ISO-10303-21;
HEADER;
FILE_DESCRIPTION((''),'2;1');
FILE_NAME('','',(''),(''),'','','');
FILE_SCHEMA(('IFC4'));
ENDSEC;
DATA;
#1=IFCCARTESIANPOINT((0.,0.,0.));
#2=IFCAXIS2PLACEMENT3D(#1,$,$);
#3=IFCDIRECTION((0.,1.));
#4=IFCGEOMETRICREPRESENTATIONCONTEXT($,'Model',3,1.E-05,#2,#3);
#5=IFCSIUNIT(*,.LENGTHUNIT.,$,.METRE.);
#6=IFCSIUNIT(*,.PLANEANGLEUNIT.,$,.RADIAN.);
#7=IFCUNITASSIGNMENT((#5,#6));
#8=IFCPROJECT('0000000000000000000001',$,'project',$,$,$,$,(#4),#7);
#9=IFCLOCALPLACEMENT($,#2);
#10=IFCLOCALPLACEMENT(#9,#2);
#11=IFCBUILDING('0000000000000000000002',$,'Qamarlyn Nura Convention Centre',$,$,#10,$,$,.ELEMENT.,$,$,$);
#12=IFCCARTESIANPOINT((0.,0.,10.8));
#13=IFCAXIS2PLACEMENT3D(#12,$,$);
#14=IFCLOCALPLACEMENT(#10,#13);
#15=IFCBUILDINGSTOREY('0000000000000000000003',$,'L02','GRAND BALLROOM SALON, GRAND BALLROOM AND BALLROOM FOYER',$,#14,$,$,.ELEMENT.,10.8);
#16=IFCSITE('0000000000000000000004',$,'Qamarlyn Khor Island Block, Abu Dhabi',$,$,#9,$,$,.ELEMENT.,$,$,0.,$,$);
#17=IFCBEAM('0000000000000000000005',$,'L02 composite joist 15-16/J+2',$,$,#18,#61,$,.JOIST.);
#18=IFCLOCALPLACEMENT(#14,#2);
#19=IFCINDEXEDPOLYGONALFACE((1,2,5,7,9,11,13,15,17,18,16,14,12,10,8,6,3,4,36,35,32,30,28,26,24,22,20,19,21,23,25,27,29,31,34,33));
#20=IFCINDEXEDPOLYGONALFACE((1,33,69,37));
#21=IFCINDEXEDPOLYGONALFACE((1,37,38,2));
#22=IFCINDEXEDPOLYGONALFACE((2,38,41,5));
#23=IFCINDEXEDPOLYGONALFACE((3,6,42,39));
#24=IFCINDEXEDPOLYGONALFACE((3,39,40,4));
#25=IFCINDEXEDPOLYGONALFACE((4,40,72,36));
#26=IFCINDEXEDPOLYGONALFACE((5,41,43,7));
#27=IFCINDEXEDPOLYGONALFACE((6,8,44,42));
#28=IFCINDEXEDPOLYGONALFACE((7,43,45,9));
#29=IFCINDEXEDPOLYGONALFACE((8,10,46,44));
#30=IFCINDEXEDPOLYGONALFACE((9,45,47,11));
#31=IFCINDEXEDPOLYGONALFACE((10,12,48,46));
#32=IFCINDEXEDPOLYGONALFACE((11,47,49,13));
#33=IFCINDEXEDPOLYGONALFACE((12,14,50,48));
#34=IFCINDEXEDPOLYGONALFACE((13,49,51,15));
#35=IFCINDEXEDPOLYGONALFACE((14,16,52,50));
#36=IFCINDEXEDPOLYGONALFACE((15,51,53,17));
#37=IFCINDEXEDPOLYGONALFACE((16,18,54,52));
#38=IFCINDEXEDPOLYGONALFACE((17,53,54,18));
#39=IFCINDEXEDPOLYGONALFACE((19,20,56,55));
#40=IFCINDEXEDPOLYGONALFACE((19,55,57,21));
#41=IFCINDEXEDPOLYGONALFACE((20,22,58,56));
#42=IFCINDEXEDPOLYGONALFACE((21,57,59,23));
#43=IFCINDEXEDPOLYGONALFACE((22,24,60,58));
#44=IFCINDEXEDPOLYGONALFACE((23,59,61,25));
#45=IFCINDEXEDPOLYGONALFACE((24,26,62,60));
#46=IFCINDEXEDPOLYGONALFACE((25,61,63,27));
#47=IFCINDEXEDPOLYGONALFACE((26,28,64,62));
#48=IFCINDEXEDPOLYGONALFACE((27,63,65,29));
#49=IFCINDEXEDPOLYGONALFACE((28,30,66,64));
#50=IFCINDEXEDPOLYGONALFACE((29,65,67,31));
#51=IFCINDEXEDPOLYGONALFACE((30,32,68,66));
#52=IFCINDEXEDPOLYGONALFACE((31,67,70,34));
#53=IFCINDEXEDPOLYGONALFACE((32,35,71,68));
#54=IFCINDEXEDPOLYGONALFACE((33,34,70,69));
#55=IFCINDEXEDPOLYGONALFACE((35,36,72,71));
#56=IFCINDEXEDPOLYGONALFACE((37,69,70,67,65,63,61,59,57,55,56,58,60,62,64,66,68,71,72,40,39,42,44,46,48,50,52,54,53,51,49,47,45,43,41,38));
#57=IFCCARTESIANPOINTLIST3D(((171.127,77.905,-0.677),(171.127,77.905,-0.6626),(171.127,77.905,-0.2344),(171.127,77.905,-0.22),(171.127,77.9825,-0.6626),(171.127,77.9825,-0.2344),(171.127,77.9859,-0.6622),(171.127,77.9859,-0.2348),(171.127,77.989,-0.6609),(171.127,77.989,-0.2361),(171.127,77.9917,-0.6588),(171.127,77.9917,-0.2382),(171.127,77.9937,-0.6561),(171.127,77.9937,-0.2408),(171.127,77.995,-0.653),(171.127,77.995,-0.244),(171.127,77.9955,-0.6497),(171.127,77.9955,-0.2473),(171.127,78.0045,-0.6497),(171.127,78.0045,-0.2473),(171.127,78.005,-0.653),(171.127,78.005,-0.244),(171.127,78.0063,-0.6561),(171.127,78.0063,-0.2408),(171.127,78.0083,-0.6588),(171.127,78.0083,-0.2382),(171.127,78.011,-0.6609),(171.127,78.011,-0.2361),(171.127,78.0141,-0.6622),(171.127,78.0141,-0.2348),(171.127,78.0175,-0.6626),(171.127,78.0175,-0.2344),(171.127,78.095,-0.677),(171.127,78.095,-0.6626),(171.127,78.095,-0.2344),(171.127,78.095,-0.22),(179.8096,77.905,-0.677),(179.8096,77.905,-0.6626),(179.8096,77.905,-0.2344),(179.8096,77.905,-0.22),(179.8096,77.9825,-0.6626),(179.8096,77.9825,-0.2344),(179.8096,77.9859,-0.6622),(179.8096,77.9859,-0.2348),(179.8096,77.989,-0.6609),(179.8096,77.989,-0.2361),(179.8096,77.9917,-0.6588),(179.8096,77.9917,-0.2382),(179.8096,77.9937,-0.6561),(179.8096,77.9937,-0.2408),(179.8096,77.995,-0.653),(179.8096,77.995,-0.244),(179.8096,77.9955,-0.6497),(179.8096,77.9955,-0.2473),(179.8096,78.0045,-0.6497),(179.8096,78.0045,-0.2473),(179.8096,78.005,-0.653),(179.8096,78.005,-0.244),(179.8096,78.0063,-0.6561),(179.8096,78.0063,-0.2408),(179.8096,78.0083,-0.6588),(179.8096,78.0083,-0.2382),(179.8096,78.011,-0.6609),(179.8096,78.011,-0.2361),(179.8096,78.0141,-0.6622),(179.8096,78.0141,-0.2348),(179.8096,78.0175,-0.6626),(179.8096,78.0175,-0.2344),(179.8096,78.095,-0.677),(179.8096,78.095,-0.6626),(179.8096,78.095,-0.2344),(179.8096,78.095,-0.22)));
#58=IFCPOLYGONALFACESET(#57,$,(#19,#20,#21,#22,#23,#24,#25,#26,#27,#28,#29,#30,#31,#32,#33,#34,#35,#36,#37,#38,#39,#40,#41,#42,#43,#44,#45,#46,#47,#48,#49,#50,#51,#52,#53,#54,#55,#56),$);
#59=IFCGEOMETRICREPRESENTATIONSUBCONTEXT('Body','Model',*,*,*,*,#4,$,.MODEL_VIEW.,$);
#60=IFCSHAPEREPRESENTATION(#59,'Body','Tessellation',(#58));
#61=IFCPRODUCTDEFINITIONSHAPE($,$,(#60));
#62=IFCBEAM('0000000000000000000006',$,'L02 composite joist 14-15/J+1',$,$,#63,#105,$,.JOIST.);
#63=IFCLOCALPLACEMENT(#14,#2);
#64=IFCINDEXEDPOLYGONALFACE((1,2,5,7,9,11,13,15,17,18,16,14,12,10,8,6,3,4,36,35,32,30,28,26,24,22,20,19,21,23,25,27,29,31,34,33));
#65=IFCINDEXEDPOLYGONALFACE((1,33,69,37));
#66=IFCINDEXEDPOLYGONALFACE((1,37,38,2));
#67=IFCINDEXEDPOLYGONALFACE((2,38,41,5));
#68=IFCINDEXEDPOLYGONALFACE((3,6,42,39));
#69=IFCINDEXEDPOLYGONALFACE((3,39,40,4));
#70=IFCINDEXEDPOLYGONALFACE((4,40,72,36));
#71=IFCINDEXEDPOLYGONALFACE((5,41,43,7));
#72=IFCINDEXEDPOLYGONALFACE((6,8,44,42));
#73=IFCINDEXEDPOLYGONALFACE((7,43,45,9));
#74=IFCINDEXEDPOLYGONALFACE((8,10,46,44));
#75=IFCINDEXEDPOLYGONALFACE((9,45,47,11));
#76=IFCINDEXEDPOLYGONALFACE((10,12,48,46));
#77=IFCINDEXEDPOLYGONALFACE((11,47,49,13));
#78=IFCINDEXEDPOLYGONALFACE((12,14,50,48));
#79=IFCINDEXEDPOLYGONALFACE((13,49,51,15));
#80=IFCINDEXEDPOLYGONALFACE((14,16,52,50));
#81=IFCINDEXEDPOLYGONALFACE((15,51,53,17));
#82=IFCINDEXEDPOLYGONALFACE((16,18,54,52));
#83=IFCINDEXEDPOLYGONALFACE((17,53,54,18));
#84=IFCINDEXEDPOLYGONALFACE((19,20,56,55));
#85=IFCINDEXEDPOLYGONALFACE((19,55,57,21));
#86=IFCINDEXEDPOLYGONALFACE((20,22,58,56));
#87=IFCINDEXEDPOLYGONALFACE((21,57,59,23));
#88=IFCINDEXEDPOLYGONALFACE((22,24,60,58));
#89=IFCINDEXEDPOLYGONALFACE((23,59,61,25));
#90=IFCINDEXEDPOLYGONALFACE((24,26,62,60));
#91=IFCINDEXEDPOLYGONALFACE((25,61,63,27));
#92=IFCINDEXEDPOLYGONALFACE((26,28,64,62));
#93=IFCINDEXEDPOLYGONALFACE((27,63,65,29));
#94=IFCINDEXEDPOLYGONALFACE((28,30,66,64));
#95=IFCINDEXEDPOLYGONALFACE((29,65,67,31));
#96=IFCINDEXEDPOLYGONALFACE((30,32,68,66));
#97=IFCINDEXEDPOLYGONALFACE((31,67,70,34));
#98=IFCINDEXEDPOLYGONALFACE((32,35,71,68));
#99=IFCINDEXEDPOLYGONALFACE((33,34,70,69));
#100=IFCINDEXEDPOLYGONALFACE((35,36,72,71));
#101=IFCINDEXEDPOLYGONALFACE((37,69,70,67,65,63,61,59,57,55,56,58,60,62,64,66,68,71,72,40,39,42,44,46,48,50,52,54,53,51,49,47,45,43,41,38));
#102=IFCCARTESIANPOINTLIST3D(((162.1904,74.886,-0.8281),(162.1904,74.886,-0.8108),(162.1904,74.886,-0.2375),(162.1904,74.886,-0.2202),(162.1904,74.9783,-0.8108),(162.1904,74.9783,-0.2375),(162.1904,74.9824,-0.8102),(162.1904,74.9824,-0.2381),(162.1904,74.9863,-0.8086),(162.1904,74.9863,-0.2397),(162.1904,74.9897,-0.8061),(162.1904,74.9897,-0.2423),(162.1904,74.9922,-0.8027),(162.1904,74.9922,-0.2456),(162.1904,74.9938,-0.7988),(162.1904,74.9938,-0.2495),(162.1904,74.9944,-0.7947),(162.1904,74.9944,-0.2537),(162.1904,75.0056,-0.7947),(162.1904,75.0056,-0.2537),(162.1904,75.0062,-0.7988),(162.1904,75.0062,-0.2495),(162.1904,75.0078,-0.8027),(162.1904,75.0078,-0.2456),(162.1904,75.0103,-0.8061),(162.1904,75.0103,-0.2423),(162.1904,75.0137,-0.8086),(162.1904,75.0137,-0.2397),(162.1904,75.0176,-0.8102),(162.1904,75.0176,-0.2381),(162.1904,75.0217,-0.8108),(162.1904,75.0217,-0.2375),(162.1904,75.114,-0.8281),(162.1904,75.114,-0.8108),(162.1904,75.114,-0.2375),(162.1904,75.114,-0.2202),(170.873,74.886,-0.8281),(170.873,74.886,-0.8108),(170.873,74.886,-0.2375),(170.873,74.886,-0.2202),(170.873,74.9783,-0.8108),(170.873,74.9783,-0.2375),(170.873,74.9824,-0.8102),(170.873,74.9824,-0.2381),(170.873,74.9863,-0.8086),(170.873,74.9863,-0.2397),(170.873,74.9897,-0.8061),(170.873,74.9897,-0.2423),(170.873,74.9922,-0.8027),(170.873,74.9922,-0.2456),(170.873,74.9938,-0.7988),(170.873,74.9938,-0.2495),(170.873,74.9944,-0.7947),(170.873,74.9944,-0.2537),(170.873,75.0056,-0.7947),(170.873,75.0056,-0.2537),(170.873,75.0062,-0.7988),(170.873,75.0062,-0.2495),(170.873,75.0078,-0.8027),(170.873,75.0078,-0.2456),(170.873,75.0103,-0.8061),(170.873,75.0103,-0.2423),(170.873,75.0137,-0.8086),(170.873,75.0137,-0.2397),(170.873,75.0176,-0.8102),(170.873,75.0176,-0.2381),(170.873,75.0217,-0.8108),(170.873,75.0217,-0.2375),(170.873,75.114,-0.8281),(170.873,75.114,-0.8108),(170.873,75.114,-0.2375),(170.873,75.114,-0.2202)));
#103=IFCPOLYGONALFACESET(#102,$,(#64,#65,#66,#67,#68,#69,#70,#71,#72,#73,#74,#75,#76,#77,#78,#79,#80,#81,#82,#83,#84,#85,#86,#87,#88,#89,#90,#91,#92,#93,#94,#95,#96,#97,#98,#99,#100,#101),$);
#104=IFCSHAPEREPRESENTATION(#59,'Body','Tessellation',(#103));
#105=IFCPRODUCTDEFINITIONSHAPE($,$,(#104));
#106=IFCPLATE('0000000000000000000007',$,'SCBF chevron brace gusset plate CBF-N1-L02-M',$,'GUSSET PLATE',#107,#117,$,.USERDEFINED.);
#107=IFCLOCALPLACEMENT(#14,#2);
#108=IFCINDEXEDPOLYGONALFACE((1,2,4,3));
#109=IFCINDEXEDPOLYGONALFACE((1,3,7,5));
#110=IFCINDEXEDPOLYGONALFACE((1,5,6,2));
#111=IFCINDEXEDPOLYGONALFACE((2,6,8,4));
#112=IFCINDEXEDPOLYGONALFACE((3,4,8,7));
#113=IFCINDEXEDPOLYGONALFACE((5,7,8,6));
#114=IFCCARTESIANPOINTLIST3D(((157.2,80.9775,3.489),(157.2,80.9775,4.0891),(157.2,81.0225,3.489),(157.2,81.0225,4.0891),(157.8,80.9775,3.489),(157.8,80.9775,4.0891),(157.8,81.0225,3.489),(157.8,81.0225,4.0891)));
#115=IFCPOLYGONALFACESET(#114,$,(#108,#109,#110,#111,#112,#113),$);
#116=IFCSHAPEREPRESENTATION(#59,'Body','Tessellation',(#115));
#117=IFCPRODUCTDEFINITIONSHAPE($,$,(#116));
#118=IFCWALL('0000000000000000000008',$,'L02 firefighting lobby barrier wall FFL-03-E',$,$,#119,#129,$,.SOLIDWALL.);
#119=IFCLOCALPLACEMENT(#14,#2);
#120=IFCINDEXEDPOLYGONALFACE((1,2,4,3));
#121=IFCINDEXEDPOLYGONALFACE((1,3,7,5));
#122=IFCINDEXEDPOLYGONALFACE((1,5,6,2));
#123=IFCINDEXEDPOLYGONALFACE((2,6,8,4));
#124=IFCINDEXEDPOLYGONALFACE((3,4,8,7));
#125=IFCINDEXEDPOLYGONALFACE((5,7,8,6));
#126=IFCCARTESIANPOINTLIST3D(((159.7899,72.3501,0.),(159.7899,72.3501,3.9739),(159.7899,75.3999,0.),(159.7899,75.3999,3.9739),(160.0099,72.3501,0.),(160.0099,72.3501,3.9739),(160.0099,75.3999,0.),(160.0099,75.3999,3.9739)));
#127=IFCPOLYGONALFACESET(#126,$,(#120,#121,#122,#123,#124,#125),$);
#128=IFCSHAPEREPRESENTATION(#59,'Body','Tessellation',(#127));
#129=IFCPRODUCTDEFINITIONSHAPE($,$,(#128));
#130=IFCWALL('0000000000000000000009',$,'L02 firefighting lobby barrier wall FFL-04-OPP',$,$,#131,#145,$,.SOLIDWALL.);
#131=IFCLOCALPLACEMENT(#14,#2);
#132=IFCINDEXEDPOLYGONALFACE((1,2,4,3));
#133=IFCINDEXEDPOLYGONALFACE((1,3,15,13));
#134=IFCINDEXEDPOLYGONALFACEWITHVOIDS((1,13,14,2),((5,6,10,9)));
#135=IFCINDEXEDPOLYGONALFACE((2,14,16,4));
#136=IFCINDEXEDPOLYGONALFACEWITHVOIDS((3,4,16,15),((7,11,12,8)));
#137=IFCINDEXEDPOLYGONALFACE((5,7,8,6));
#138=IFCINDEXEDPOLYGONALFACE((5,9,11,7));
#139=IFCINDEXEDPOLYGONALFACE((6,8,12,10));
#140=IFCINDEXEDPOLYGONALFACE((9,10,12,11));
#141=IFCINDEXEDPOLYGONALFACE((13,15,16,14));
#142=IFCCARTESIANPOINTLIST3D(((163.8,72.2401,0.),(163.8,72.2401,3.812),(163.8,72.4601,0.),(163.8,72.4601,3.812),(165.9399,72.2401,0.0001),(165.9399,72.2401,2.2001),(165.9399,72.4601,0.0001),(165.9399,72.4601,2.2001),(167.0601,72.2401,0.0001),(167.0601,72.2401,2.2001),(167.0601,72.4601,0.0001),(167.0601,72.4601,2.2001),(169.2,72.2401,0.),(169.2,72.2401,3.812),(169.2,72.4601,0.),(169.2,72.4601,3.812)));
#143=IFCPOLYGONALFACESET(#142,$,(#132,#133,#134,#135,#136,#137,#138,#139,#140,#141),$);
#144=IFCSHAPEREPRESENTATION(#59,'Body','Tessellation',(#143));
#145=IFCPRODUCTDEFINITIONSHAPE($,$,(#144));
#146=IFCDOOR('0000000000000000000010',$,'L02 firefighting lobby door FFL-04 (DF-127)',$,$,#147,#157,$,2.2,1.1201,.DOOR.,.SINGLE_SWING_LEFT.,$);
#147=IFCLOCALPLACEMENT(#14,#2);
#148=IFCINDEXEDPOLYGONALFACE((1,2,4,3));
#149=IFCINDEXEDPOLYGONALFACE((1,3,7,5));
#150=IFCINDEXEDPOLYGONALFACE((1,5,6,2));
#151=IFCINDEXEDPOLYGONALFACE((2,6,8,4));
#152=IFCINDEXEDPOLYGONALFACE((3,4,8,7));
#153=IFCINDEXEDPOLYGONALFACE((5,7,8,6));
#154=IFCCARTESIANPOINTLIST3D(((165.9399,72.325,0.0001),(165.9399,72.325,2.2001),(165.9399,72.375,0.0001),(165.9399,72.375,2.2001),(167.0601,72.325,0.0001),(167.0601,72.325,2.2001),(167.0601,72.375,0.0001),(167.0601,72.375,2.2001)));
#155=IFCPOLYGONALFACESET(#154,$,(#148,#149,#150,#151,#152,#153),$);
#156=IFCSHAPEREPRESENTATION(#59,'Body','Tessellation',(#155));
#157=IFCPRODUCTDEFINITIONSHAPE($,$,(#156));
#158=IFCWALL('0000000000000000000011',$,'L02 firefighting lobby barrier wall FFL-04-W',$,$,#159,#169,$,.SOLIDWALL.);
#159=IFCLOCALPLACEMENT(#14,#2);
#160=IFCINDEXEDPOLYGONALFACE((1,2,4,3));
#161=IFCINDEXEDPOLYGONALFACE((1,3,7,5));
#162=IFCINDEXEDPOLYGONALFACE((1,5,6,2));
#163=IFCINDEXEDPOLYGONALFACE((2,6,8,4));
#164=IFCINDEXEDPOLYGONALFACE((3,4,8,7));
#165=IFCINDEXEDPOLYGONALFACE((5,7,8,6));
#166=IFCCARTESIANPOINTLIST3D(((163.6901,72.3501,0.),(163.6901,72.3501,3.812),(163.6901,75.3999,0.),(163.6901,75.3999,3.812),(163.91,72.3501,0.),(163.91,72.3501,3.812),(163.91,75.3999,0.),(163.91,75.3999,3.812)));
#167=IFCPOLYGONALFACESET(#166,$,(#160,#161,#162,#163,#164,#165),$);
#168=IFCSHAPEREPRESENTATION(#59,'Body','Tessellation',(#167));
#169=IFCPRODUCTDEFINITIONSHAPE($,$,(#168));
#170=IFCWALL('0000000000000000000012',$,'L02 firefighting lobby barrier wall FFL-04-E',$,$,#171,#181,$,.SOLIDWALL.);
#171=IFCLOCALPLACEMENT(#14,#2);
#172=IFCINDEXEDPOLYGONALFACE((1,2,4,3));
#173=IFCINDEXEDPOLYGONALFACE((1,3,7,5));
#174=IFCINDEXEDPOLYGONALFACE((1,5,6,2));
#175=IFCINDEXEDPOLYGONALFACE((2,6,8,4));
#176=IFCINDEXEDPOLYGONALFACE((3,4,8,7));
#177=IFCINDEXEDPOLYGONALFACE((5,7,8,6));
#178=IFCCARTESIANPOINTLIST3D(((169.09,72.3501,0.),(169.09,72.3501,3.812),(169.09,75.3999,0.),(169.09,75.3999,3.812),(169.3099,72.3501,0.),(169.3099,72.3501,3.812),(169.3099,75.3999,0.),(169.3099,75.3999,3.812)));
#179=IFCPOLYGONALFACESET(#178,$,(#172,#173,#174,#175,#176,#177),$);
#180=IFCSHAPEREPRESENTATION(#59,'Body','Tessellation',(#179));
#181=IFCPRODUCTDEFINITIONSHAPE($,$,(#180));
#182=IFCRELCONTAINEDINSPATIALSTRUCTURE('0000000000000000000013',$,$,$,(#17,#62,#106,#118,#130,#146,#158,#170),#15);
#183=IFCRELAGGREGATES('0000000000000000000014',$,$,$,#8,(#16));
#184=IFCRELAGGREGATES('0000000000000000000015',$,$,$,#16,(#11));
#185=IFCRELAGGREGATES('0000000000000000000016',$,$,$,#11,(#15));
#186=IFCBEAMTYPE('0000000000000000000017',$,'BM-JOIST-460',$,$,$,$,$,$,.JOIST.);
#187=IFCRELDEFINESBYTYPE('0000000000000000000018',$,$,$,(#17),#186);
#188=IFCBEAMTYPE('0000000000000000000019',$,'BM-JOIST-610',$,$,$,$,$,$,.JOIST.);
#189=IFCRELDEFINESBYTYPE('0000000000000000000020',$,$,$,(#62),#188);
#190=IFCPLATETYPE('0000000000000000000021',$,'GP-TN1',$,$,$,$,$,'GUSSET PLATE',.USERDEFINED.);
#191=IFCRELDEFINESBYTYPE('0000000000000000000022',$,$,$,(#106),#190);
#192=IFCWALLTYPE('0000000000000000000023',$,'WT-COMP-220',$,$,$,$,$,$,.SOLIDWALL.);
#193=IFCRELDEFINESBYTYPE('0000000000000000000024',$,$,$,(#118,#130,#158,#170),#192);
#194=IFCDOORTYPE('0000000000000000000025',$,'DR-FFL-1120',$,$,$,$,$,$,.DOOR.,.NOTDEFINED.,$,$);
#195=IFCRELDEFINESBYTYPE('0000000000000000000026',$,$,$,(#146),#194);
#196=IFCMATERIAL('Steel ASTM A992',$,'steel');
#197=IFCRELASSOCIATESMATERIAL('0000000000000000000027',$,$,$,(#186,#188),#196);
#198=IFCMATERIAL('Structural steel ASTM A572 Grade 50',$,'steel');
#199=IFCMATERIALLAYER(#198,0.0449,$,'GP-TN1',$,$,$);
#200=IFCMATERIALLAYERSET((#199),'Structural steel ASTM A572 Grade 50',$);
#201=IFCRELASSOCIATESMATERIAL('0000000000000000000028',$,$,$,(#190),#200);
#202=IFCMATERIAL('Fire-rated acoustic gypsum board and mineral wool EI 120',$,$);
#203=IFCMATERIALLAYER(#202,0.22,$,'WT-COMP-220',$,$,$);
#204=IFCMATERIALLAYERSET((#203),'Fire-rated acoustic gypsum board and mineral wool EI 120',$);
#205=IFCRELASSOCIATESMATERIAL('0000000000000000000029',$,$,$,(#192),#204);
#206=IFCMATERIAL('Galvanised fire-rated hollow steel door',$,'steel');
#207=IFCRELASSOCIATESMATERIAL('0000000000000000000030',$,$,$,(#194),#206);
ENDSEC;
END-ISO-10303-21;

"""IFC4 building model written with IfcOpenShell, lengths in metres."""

from ifc_helpers import new_model, si_unit, direction, frame, frame_2d, origin, origin_2d, place, context, subcontext, project, spatial, rectangle, i_section, extrude, material, layer, layer_set, material_profile, profile_set, type_object, element, fill, save


model = new_model("IFC4")

# Units and contexts
model_context = context("Model", 3, precision=1e-05, world=origin(), true_north=direction((0.0, 1.0)))
body_context = subcontext(model_context, "Body", "Model", "MODEL_VIEW")
ifc_project = project(units=[si_unit("LENGTHUNIT", "METRE"), si_unit("PLANEANGLEUNIT", "RADIAN")], contexts=[model_context])

# Site, building, storey
site_placement = place(None, origin())
site = spatial("IfcSite", under=ifc_project, at=site_placement, Name="Qamarlyn Khor Island Block, Abu Dhabi", CompositionType="ELEMENT", RefElevation=0.0)
building_placement = place(site_placement, origin())
building = spatial("IfcBuilding", under=site, at=building_placement, Name="Qamarlyn Nura Convention Centre", CompositionType="ELEMENT")
storey_placement = place(building_placement, frame((0.0, 0.0, 10.8)))
storey = spatial("IfcBuildingStorey", under=building, at=storey_placement, Name="L02", Description="GRAND BALLROOM SALON, GRAND BALLROOM AND BALLROOM FOYER", CompositionType="ELEMENT", Elevation=10.8)

# Shared definitions
ifc_material_1 = material(Name="Steel ASTM A992", Category="steel")

# Beams
ifc_material_profile_1 = material_profile(ifc_material_1, i_section(OverallWidth=0.1899, OverallDepth=0.457, WebThickness=0.009, FlangeThickness=0.0144, FilletRadius=0.0129, at=origin_2d()), Name="W460X74")
ifc_profile_set_1 = profile_set([ifc_material_profile_1], Name="Steel ASTM A992")
beam_type_1 = type_object("IfcBeamType", Name="BM-JOIST-460", PredefinedType="JOIST", material=ifc_profile_set_1)
for number, where, z_axis, x_axis, name in (
    (1, (171.127, 78.0, -0.4485), (1.0, 0.0, 0.0), (0.0, 1.0, 0.0), "L02 composite joist 15-16/J+2"),
):
    element("IfcBeam", number, at=place(storey_placement, frame(where, z_axis=z_axis, x_axis=x_axis)), inside=storey, type_object=beam_type_1, Name=name, PredefinedType="JOIST", context=body_context, shape_type="SweptSolid", body=[
        extrude(i_section(OverallWidth=0.1899, OverallDepth=0.457, WebThickness=0.009, FlangeThickness=0.0144, FilletRadius=0.0129, at=origin_2d()), origin(), (0.0, 0.0, 1.0), 8.6826),
    ])
ifc_material_profile_2 = material_profile(ifc_material_1, i_section(OverallWidth=0.228, OverallDepth=0.6079, WebThickness=0.0112, FlangeThickness=0.0173, FilletRadius=0.0161, at=origin_2d()), Name="W610X113")
ifc_profile_set_2 = profile_set([ifc_material_profile_2], Name="Steel ASTM A992")
beam_type_2 = type_object("IfcBeamType", Name="BM-JOIST-610", PredefinedType="JOIST", material=ifc_profile_set_2)
beam_1_placement = place(storey_placement, frame((162.1904, 75.0, -0.5242), z_axis=(1.0, 0.0, 0.0), x_axis=(0.0, 1.0, 0.0)))
element("IfcBeam", 2, at=beam_1_placement, inside=storey, type_object=beam_type_2, Name="L02 composite joist 14-15/J+1", PredefinedType="JOIST", context=body_context, shape_type="SweptSolid", body=[
    extrude(i_section(OverallWidth=0.228, OverallDepth=0.6079, WebThickness=0.0112, FlangeThickness=0.0173, FilletRadius=0.0161, at=origin_2d()), origin(), (0.0, 0.0, 1.0), 8.6826),
])

# Plate
ifc_material_2 = material(Name="Structural steel ASTM A572 Grade 50", Category="steel")
ifc_layer_1 = layer(ifc_material_2, 0.0449, Name="GP-TN1")
ifc_layer_set_1 = layer_set([ifc_layer_1], Name="Structural steel ASTM A572 Grade 50")
plate_type = type_object("IfcPlateType", Name="GP-TN1", ElementType="GUSSET PLATE", PredefinedType="USERDEFINED", material=ifc_layer_set_1)
plate_placement = place(storey_placement, frame((157.5, 81.0, 3.489), z_axis=(0.0, 0.0, 1.0), x_axis=(1.0, 0.0, 0.0)))
element("IfcPlate", 3, at=plate_placement, inside=storey, type_object=plate_type, Name="SCBF chevron brace gusset plate CBF-N1-L02-M", ObjectType="GUSSET PLATE", PredefinedType="USERDEFINED", context=body_context, shape_type="SweptSolid", body=[
    extrude(rectangle(XDim=0.6001, YDim=0.0449, at=origin_2d()), origin(), (0.0, 0.0, 1.0), 0.6001),
])

# Wall
ifc_material_3 = material(Name="Fire-rated acoustic gypsum board and mineral wool EI 120")
ifc_layer_2 = layer(ifc_material_3, 0.22, Name="WT-COMP-220")
ifc_layer_set_2 = layer_set([ifc_layer_2], Name="Fire-rated acoustic gypsum board and mineral wool EI 120")
wall_type_1 = type_object("IfcWallType", Name="WT-COMP-220", PredefinedType="SOLIDWALL", material=ifc_layer_set_2)
wall_1_placement = place(storey_placement, frame((159.8999, 72.3501, 0.0), z_axis=(0.0, 0.0, 1.0), x_axis=(0.0, 1.0, 0.0)))
element("IfcWall", 4, at=wall_1_placement, inside=storey, type_object=wall_type_1, Name="L02 firefighting lobby barrier wall FFL-03-E", PredefinedType="SOLIDWALL", context=body_context, shape_type="SweptSolid", body=[
    extrude(rectangle(XDim=3.0498, YDim=0.22, at=frame_2d((1.5249, 0.0))), origin(), (0.0, 0.0, 1.0), 3.9739),
])

# Wall, opening, door
wall_2_placement = place(storey_placement, frame((163.8, 72.3501, 0.0), z_axis=(0.0, 0.0, 1.0), x_axis=(1.0, 0.0, 0.0)))
wall_2 = element("IfcWall", 5, at=wall_2_placement, inside=storey, type_object=wall_type_1, Name="L02 firefighting lobby barrier wall FFL-04-OPP", PredefinedType="SOLIDWALL", context=body_context, shape_type="SweptSolid", body=[
    extrude(rectangle(XDim=5.3999, YDim=0.22, at=frame_2d((2.7, 0.0))), origin(), (0.0, 0.0, 1.0), 3.812),
])
opening_1_placement = place(wall_2_placement, frame((2.1399, 0.0, 0.0)))
opening_1 = element("IfcOpeningElement", 6, at=opening_1_placement, cuts=wall_2, PredefinedType="OPENING", context=body_context, shape_type="SweptSolid", body=[
    extrude(rectangle(XDim=1.1201, YDim=2.2, at=frame_2d((0.5601, 1.1001))), frame((0.0, 0.1201, 0.0), z_axis=(0.0, -1.0, 0.0), x_axis=(1.0, 0.0, 0.0)), (0.0, 0.0, 1.0), 0.24),
])
ifc_material_4 = material(Name="Galvanised fire-rated hollow steel door", Category="steel")
door_type_1 = type_object("IfcDoorType", Name="DR-FFL-1120", OperationType="NOTDEFINED", PredefinedType="DOOR", material=ifc_material_4)
door_1_placement = place(opening_1_placement, origin())
door_1 = element("IfcDoor", 7, at=door_1_placement, inside=storey, type_object=door_type_1, Name="L02 firefighting lobby door FFL-04 (DF-127)", OperationType="SINGLE_SWING_LEFT", OverallHeight=2.2, OverallWidth=1.1201, PredefinedType="DOOR", context=body_context, shape_type="SweptSolid", body=[
    extrude(rectangle(XDim=1.1201, YDim=2.2, at=frame_2d((0.5601, 1.1001))), frame((0.0, 0.0249, 0.0), z_axis=(0.0, -1.0, 0.0), x_axis=(1.0, 0.0, 0.0)), (0.0, 0.0, 1.0), 0.05),
])
fill(opening_1, door_1)

# Walls
for number, where, z_axis, x_axis, name in (
    (8, (163.8, 72.3501, 0.0), (0.0, 0.0, 1.0), (0.0, 1.0, 0.0), "L02 firefighting lobby barrier wall FFL-04-W"),
    (9, (169.2, 72.3501, 0.0), (0.0, 0.0, 1.0), (0.0, 1.0, 0.0), "L02 firefighting lobby barrier wall FFL-04-E"),
):
    element("IfcWall", number, at=place(storey_placement, frame(where, z_axis=z_axis, x_axis=x_axis)), inside=storey, type_object=wall_type_1, Name=name, PredefinedType="SOLIDWALL", context=body_context, shape_type="SweptSolid", body=[
        extrude(rectangle(XDim=3.0498, YDim=0.22, at=frame_2d((1.5249, 0.0))), origin(), (0.0, 0.0, 1.0), 3.812),
    ])

save(model, "model.ifc")
